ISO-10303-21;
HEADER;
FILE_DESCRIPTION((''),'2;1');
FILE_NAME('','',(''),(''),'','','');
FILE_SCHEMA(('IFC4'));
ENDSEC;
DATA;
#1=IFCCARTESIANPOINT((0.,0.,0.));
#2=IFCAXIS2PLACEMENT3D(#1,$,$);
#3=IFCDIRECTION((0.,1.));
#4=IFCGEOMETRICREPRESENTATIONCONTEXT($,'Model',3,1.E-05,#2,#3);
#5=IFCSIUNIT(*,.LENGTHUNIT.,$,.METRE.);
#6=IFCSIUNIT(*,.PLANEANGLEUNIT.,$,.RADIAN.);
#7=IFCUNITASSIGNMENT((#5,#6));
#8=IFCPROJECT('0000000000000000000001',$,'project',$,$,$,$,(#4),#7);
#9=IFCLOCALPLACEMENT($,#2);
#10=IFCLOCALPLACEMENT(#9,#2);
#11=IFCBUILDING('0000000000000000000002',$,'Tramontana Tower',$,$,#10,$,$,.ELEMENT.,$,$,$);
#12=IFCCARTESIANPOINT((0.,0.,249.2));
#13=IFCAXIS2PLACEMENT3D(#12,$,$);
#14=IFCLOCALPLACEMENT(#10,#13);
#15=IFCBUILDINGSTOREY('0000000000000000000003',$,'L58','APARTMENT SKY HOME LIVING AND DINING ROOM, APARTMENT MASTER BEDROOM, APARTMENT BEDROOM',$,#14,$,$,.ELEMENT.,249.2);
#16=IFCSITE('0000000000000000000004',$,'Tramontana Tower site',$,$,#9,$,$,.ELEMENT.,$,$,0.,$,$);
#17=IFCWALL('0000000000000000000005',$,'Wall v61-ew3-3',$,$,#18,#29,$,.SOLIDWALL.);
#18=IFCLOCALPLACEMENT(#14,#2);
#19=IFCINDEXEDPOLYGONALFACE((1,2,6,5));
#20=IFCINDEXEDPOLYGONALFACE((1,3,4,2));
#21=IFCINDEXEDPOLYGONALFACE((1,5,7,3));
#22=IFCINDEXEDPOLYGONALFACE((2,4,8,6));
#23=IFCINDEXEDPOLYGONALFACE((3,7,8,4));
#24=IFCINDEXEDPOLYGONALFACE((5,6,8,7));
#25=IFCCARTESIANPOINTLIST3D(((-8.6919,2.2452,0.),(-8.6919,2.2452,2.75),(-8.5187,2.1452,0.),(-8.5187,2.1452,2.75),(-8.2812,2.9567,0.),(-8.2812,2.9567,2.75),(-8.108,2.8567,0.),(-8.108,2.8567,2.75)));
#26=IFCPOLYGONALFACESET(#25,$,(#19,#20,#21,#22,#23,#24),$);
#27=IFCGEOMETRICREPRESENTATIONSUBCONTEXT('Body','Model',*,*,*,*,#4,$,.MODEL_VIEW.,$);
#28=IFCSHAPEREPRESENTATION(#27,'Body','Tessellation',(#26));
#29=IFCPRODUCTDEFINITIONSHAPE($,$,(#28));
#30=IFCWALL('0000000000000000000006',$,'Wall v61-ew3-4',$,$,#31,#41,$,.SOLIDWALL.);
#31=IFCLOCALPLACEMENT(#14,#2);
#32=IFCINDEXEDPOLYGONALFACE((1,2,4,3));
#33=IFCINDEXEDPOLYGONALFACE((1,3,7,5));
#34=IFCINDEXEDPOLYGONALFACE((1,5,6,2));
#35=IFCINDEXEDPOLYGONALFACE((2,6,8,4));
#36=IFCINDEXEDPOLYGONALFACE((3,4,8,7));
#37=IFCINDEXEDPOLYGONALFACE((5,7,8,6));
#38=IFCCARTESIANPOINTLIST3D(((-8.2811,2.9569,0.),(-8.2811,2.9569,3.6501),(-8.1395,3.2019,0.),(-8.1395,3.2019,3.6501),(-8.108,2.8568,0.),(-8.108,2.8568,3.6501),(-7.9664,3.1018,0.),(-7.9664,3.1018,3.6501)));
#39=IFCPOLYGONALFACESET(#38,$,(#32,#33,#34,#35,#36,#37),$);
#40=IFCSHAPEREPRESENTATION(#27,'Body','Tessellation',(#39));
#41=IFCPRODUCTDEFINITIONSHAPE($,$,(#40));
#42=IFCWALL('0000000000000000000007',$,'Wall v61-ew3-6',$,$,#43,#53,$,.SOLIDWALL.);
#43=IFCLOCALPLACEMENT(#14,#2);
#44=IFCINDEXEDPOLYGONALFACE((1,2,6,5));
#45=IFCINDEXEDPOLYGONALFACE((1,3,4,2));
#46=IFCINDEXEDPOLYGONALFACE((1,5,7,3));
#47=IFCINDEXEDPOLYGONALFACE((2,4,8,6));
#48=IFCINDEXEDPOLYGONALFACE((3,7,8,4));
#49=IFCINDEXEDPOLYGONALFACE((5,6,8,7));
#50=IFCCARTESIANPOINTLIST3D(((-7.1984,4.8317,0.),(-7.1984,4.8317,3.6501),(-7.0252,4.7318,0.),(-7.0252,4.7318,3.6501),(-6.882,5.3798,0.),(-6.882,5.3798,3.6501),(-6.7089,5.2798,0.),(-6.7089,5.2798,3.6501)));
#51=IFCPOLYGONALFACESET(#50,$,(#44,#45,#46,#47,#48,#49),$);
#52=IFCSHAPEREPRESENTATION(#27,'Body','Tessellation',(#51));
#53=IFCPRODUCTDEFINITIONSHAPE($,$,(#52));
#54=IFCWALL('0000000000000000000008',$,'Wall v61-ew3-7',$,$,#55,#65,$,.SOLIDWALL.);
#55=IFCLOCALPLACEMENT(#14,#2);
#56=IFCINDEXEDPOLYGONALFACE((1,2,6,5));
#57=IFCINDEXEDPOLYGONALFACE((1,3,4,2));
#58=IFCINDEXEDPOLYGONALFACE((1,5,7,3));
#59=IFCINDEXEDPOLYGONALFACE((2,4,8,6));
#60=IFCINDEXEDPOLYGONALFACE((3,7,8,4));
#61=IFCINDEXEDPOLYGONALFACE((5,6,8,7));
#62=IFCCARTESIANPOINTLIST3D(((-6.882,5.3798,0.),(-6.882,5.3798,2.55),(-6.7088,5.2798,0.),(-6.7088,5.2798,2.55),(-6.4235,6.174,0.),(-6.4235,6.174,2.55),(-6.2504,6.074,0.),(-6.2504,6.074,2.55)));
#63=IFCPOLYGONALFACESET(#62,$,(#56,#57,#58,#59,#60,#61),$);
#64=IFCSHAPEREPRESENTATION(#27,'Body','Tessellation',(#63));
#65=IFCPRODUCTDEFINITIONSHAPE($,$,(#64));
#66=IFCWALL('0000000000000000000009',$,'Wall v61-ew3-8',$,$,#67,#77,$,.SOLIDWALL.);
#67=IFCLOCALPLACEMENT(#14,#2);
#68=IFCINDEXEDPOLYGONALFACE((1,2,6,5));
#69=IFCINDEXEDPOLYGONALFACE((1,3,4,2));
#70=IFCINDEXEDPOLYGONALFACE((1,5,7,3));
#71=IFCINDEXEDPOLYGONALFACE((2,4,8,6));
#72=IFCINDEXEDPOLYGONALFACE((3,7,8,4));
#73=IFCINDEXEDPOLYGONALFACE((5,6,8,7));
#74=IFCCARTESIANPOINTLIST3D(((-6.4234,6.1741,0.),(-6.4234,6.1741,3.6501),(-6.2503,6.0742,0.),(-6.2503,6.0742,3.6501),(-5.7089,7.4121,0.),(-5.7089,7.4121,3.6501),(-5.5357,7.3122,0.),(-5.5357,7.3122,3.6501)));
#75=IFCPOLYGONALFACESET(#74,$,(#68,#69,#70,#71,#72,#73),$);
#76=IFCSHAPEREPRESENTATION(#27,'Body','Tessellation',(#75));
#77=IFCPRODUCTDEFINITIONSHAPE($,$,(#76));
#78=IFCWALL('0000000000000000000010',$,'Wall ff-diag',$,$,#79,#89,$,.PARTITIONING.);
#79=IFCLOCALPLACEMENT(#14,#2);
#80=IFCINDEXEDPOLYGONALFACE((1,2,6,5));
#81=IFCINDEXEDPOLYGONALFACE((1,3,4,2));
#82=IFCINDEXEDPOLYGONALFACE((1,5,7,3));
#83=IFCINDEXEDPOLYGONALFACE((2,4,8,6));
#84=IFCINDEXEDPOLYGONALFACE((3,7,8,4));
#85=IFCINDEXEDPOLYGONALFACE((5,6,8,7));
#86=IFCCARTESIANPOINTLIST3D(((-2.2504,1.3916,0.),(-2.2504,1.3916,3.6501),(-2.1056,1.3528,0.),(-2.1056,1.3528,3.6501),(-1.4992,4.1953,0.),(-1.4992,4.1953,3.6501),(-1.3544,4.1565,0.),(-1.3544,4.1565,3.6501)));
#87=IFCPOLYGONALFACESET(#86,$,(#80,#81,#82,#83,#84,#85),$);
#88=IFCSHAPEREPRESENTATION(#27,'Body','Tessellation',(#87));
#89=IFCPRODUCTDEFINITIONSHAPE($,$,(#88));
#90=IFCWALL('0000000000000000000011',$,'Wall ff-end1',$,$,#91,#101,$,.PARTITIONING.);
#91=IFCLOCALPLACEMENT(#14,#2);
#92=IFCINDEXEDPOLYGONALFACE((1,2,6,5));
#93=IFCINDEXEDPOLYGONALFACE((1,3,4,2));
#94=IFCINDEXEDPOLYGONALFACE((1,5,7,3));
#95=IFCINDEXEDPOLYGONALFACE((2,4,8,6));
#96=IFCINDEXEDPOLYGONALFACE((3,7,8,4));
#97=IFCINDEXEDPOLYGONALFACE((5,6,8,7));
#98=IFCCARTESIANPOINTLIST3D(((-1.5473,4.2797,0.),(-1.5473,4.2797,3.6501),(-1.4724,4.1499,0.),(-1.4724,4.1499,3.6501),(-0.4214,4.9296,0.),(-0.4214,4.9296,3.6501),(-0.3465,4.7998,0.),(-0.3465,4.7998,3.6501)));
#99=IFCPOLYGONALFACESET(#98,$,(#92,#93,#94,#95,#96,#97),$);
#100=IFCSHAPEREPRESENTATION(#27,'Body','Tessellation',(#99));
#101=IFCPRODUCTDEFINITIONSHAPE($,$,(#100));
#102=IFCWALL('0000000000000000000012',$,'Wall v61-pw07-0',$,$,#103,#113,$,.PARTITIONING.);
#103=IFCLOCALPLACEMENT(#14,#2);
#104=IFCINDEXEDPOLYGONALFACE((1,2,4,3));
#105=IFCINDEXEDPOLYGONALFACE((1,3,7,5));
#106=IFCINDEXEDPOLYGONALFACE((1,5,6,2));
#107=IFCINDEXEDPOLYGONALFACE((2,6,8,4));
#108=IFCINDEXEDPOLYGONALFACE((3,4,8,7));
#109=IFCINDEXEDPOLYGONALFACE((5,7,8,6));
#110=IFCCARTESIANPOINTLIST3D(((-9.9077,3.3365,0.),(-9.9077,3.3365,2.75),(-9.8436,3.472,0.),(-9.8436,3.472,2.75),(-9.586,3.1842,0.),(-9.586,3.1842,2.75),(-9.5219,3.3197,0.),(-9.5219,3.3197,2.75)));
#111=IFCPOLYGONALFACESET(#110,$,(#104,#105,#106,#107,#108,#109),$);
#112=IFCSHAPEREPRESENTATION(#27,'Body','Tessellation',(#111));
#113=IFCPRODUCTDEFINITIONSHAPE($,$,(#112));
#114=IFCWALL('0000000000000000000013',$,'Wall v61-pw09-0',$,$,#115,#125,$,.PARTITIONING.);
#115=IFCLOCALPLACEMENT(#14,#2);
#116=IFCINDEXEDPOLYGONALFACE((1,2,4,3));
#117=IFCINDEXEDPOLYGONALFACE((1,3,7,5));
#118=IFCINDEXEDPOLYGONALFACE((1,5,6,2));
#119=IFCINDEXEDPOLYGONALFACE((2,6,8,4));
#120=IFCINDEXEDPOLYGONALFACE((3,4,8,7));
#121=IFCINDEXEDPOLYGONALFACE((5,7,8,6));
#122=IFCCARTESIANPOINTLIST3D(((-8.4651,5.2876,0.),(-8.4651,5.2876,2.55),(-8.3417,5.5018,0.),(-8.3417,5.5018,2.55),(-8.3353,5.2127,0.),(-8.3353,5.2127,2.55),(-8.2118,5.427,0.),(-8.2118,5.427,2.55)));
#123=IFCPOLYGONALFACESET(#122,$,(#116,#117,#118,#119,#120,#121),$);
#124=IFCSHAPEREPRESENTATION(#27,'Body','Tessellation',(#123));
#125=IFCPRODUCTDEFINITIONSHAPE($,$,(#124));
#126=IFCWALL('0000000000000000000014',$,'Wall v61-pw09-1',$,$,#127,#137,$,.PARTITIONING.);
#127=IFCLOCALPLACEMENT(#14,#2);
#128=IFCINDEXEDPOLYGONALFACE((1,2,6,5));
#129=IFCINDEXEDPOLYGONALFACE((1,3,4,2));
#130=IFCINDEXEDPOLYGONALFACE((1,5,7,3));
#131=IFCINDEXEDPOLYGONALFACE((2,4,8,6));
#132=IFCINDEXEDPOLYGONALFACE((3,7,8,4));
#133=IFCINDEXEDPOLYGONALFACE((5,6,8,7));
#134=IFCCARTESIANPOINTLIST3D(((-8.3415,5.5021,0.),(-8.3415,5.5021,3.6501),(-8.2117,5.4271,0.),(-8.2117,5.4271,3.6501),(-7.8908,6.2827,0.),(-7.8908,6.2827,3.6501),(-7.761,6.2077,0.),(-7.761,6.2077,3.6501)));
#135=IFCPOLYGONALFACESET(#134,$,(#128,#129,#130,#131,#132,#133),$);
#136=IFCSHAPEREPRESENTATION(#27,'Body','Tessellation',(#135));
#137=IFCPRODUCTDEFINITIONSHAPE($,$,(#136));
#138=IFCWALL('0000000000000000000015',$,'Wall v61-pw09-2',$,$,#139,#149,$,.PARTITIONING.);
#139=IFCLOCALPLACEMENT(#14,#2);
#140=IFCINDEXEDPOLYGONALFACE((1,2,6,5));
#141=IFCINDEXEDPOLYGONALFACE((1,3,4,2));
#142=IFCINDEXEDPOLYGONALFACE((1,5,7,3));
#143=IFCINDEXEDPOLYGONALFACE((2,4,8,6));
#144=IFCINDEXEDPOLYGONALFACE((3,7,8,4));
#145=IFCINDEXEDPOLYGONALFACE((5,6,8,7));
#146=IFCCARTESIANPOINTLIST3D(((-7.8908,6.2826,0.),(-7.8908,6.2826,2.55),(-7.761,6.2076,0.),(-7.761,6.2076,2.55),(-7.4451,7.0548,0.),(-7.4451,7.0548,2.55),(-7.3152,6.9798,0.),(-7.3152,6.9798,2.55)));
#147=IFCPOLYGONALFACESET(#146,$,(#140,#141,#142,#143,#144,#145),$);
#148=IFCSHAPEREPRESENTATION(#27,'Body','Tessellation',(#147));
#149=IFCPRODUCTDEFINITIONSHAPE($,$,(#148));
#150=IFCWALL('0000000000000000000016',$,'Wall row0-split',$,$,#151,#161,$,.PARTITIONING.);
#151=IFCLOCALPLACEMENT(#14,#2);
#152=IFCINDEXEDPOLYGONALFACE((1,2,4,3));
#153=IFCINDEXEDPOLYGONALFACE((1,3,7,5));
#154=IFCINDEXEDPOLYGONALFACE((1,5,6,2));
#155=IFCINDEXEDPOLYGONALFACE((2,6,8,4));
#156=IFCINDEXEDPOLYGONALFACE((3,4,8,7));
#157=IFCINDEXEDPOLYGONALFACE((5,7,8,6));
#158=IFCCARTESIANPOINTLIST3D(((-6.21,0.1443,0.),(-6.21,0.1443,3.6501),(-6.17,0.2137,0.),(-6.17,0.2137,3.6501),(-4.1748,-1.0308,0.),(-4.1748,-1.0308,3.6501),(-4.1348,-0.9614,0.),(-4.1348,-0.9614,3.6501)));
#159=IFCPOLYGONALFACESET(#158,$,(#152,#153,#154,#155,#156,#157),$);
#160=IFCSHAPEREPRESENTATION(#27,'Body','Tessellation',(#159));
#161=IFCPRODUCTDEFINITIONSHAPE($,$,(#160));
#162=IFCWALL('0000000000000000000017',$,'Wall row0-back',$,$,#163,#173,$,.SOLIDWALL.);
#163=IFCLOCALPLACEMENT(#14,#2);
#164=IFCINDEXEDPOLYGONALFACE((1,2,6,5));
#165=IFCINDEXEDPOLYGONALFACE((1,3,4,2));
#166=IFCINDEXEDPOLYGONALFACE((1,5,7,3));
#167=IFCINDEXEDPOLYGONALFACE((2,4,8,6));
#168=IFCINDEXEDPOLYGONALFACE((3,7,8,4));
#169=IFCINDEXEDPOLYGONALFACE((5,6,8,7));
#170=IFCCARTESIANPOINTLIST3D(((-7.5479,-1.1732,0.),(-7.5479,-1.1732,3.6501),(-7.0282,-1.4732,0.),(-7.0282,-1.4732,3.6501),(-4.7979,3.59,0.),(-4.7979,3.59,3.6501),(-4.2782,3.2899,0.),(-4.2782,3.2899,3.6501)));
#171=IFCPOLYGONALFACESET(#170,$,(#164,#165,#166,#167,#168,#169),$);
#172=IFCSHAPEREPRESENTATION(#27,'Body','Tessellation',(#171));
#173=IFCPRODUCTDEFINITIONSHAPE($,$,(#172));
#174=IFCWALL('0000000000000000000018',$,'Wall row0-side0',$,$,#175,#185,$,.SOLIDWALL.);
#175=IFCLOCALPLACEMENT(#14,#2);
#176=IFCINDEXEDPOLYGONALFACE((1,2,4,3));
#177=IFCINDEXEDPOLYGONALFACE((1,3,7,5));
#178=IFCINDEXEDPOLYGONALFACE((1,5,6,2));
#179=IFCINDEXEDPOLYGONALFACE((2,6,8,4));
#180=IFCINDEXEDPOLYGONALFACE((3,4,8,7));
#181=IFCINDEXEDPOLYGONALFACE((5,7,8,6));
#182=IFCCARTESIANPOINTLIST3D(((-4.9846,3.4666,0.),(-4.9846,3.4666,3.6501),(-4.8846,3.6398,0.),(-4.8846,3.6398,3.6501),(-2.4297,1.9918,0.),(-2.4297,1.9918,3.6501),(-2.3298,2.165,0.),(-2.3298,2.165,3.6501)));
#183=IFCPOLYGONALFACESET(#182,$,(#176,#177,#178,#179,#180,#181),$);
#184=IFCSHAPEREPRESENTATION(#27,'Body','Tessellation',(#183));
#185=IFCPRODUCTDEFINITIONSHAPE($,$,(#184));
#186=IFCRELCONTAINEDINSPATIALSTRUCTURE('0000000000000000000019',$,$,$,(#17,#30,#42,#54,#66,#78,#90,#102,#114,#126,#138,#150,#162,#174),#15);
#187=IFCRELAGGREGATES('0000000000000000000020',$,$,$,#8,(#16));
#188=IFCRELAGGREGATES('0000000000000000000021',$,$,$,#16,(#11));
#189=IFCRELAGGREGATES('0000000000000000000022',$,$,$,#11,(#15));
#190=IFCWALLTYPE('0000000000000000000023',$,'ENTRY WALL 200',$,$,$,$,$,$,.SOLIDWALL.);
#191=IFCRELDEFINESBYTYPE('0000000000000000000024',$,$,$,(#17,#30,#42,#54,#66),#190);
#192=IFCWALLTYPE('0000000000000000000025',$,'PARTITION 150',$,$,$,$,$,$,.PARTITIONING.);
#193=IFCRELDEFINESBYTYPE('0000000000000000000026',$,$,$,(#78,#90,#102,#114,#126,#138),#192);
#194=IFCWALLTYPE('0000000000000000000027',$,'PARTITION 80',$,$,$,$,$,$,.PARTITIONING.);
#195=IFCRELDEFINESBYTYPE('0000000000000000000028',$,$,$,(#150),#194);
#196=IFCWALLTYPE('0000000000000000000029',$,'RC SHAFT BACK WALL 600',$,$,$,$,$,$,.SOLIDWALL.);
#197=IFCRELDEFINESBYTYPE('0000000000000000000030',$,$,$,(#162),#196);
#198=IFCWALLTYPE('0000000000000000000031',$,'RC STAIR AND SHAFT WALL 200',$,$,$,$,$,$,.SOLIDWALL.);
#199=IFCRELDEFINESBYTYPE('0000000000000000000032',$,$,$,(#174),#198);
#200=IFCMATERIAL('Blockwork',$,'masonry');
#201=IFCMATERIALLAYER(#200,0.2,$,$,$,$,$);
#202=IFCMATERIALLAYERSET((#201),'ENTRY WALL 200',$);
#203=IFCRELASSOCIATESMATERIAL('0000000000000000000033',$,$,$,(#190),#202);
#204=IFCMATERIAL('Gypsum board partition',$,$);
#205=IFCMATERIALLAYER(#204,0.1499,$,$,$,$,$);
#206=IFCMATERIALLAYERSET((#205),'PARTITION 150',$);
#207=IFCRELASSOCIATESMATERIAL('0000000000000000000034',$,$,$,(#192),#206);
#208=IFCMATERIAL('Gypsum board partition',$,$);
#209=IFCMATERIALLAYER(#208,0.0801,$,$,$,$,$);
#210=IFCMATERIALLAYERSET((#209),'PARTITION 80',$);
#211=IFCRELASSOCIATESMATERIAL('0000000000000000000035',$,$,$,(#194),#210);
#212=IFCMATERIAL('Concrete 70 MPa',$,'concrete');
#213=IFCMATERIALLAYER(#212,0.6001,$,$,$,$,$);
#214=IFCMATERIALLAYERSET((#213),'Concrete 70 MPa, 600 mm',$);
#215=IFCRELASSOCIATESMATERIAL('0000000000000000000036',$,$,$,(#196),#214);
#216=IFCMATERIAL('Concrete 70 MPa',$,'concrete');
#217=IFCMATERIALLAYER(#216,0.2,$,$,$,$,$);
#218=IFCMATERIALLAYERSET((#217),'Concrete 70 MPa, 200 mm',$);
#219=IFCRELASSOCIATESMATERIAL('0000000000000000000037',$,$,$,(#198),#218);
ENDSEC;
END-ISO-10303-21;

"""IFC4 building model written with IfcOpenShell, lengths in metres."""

from ifc_helpers import new_model, si_unit, direction, frame, frame_2d, origin, place, context, subcontext, project, spatial, rectangle, extrude, material, layer, layer_set, type_object, element, save


model = new_model("IFC4")

# Units and contexts
model_context = context("Model", 3, precision=1e-05, world=origin(), true_north=direction((0.0, 1.0)))
body_context = subcontext(model_context, "Body", "Model", "MODEL_VIEW")
ifc_project = project(units=[si_unit("LENGTHUNIT", "METRE"), si_unit("PLANEANGLEUNIT", "RADIAN")], contexts=[model_context])

# Site, building, storey
site_placement = place(None, origin())
site = spatial("IfcSite", under=ifc_project, at=site_placement, Name="Tramontana Tower site", CompositionType="ELEMENT", RefElevation=0.0)
building_placement = place(site_placement, origin())
building = spatial("IfcBuilding", under=site, at=building_placement, Name="Tramontana Tower", CompositionType="ELEMENT")
storey_placement = place(building_placement, frame((0.0, 0.0, 249.2)))
storey = spatial("IfcBuildingStorey", under=building, at=storey_placement, Name="L58", Description="APARTMENT SKY HOME LIVING AND DINING ROOM, APARTMENT MASTER BEDROOM, APARTMENT BEDROOM", CompositionType="ELEMENT", Elevation=249.2)

# Walls
ifc_material_1 = material(Name="Blockwork", Category="masonry")
ifc_layer_1 = layer(ifc_material_1, 0.2)
ifc_layer_set_1 = layer_set([ifc_layer_1], Name="ENTRY WALL 200")
wall_type_1 = type_object("IfcWallType", Name="ENTRY WALL 200", PredefinedType="SOLIDWALL", material=ifc_layer_set_1)
wall_1_placement = place(storey_placement, frame((-8.6052, 2.1953, 0.0), z_axis=(0.0, 0.0, 1.0), x_axis=(0.499911, 0.866077, 0.0)))
element("IfcWall", 1, at=wall_1_placement, inside=storey, type_object=wall_type_1, Name="Wall v61-ew3-3", PredefinedType="SOLIDWALL", context=body_context, shape_type="SweptSolid", body=[
    extrude(rectangle(XDim=0.8215, YDim=0.2, at=frame_2d((0.4106, 0.0))), origin(), (0.0, 0.0, 1.0), 2.75),
])
wall_2_placement = place(storey_placement, frame((-8.1946, 2.9067, 0.0), z_axis=(0.0, 0.0, 1.0), x_axis=(0.50022, 0.865898, 0.0)))
element("IfcWall", 2, at=wall_2_placement, inside=storey, type_object=wall_type_1, Name="Wall v61-ew3-4", PredefinedType="SOLIDWALL", context=body_context, shape_type="SweptSolid", body=[
    extrude(rectangle(XDim=0.283, YDim=0.2, at=frame_2d((0.1416, 0.0))), origin(), (0.0, 0.0, 1.0), 3.6501),
])

# Walls
wall_3_placement = place(storey_placement, frame((-7.1118, 4.7817, 0.0), z_axis=(0.0, 0.0, 1.0), x_axis=(0.499956, 0.866051, 0.0)))
element("IfcWall", 3, at=wall_3_placement, inside=storey, type_object=wall_type_1, Name="Wall v61-ew3-6", PredefinedType="SOLIDWALL", context=body_context, shape_type="SweptSolid", body=[
    extrude(rectangle(XDim=0.6328, YDim=0.2, at=frame_2d((0.3164, 0.0))), origin(), (0.0, 0.0, 1.0), 3.6501),
])
wall_4_placement = place(storey_placement, frame((-6.7954, 5.3298, 0.0), z_axis=(0.0, 0.0, 1.0), x_axis=(0.499976, 0.866039, 0.0)))
element("IfcWall", 4, at=wall_4_placement, inside=storey, type_object=wall_type_1, Name="Wall v61-ew3-7", PredefinedType="SOLIDWALL", context=body_context, shape_type="SweptSolid", body=[
    extrude(rectangle(XDim=0.917, YDim=0.2, at=frame_2d((0.4585, 0.0))), origin(), (0.0, 0.0, 1.0), 2.55),
])
wall_5_placement = place(storey_placement, frame((-6.3369, 6.124, 0.0), z_axis=(0.0, 0.0, 1.0), x_axis=(0.499905, 0.86608, 0.0)))
element("IfcWall", 5, at=wall_5_placement, inside=storey, type_object=wall_type_1, Name="Wall v61-ew3-8", PredefinedType="SOLIDWALL", context=body_context, shape_type="SweptSolid", body=[
    extrude(rectangle(XDim=1.4294, YDim=0.2, at=frame_2d((0.7148, 0.0))), origin(), (0.0, 0.0, 1.0), 3.6501),
])
ifc_material_2 = material(Name="Gypsum board partition")
ifc_layer_2 = layer(ifc_material_2, 0.1499)
ifc_layer_set_2 = layer_set([ifc_layer_2], Name="PARTITION 150")
wall_type_2 = type_object("IfcWallType", Name="PARTITION 150", PredefinedType="PARTITIONING", material=ifc_layer_set_2)
wall_6_placement = place(storey_placement, frame((-2.178, 1.3723, 0.0), z_axis=(0.0, 0.0, 1.0), x_axis=(0.258809, 0.965929, 0.0)))
element("IfcWall", 6, at=wall_6_placement, inside=storey, type_object=wall_type_2, Name="Wall ff-diag", PredefinedType="PARTITIONING", context=body_context, shape_type="SweptSolid", body=[
    extrude(rectangle(XDim=2.9026, YDim=0.1499, at=frame_2d((1.4512, 0.0))), origin(), (0.0, 0.0, 1.0), 3.6501),
])
wall_7_placement = place(storey_placement, frame((-1.5098, 4.2148, 0.0), z_axis=(0.0, 0.0, 1.0), x_axis=(0.866086, 0.499896, 0.0)))
element("IfcWall", 7, at=wall_7_placement, inside=storey, type_object=wall_type_2, Name="Wall ff-end1", PredefinedType="PARTITIONING", context=body_context, shape_type="SweptSolid", body=[
    extrude(rectangle(XDim=1.3, YDim=0.1499, at=frame_2d((0.6499, 0.0))), origin(), (0.0, 0.0, 1.0), 3.6501),
])
wall_8_placement = place(storey_placement, frame((-9.554, 3.252, 0.0), z_axis=(0.0, 0.0, 1.0), x_axis=(-0.903822, 0.427909, 0.0)))
element("IfcWall", 8, at=wall_8_placement, inside=storey, type_object=wall_type_2, Name="Wall v61-pw07-0", PredefinedType="PARTITIONING", context=body_context, shape_type="SweptSolid", body=[
    extrude(rectangle(XDim=0.356, YDim=0.1499, at=frame_2d((0.178, 0.0))), origin(), (0.0, 0.0, 1.0), 2.75),
])
wall_9_placement = place(storey_placement, frame((-8.4001, 5.2502, 0.0), z_axis=(0.0, 0.0, 1.0), x_axis=(0.499324, 0.866415, 0.0)))
element("IfcWall", 9, at=wall_9_placement, inside=storey, type_object=wall_type_2, Name="Wall v61-pw09-0", PredefinedType="PARTITIONING", context=body_context, shape_type="SweptSolid", body=[
    extrude(rectangle(XDim=0.2473, YDim=0.1499, at=frame_2d((0.1235, 0.0))), origin(), (0.0, 0.0, 1.0), 2.55),
])
wall_10_placement = place(storey_placement, frame((-8.2766, 5.4646, 0.0), z_axis=(0.0, 0.0, 1.0), x_axis=(0.500043, 0.866001, 0.0)))
element("IfcWall", 10, at=wall_10_placement, inside=storey, type_object=wall_type_2, Name="Wall v61-pw09-1", PredefinedType="PARTITIONING", context=body_context, shape_type="SweptSolid", body=[
    extrude(rectangle(XDim=0.9014, YDim=0.1499, at=frame_2d((0.4507, 0.0))), origin(), (0.0, 0.0, 1.0), 3.6501),
])
wall_11_placement = place(storey_placement, frame((-7.8259, 6.2451, 0.0), z_axis=(0.0, 0.0, 1.0), x_axis=(0.499967, 0.866044, 0.0)))
element("IfcWall", 11, at=wall_11_placement, inside=storey, type_object=wall_type_2, Name="Wall v61-pw09-2", PredefinedType="PARTITIONING", context=body_context, shape_type="SweptSolid", body=[
    extrude(rectangle(XDim=0.8916, YDim=0.1499, at=frame_2d((0.4458, 0.0))), origin(), (0.0, 0.0, 1.0), 2.55),
])
ifc_material_3 = material(Name="Gypsum board partition")
ifc_layer_3 = layer(ifc_material_3, 0.0801)
ifc_layer_set_3 = layer_set([ifc_layer_3], Name="PARTITION 80")
wall_type_3 = type_object("IfcWallType", Name="PARTITION 80", PredefinedType="PARTITIONING", material=ifc_layer_set_3)
wall_12_placement = place(storey_placement, frame((-4.1548, -0.9961, 0.0), z_axis=(0.0, 0.0, 1.0), x_axis=(-0.866016, 0.500016, 0.0)))
element("IfcWall", 12, at=wall_12_placement, inside=storey, type_object=wall_type_3, Name="Wall row0-split", PredefinedType="PARTITIONING", context=body_context, shape_type="SweptSolid", body=[
    extrude(rectangle(XDim=2.3501, YDim=0.0801, at=frame_2d((1.175, 0.0))), origin(), (0.0, 0.0, 1.0), 3.6501),
])
ifc_material_4 = material(Name="Concrete 70 MPa", Category="concrete")
ifc_layer_4 = layer(ifc_material_4, 0.6001)
ifc_layer_set_4 = layer_set([ifc_layer_4], Name="Concrete 70 MPa, 600 mm")
wall_type_4 = type_object("IfcWallType", Name="RC SHAFT BACK WALL 600", PredefinedType="SOLIDWALL", material=ifc_layer_set_4)
wall_13_placement = place(storey_placement, frame((-4.5381, 3.4399, 0.0), z_axis=(0.0, 0.0, 1.0), x_axis=(-0.499997, -0.866027, 0.0)))
element("IfcWall", 13, at=wall_13_placement, inside=storey, type_object=wall_type_4, Name="Wall row0-back", PredefinedType="SOLIDWALL", context=body_context, shape_type="SweptSolid", body=[
    extrude(rectangle(XDim=5.5, YDim=0.6001, at=frame_2d((2.75, 0.0))), origin(), (0.0, 0.0, 1.0), 3.6501),
])

# Shared definitions
ifc_material_5 = material(Name="Concrete 70 MPa", Category="concrete")
ifc_layer_5 = layer(ifc_material_5, 0.2)
ifc_layer_set_5 = layer_set([ifc_layer_5], Name="Concrete 70 MPa, 200 mm")
wall_type_5 = type_object("IfcWallType", Name="RC STAIR AND SHAFT WALL 200", PredefinedType="SOLIDWALL", material=ifc_layer_set_5)

# Wall
wall_14_placement = place(storey_placement, frame((-2.3796, 2.0784, 0.0), z_axis=(0.0, 0.0, 1.0), x_axis=(-0.86606, 0.49994, 0.0)))
element("IfcWall", 14, at=wall_14_placement, inside=storey, type_object=wall_type_5, Name="Wall row0-side0", PredefinedType="SOLIDWALL", context=body_context, shape_type="SweptSolid", body=[
    extrude(rectangle(XDim=2.95, YDim=0.2, at=frame_2d((1.4751, 0.0))), origin(), (0.0, 0.0, 1.0), 3.6501),
])

save(model, "model.ifc")
